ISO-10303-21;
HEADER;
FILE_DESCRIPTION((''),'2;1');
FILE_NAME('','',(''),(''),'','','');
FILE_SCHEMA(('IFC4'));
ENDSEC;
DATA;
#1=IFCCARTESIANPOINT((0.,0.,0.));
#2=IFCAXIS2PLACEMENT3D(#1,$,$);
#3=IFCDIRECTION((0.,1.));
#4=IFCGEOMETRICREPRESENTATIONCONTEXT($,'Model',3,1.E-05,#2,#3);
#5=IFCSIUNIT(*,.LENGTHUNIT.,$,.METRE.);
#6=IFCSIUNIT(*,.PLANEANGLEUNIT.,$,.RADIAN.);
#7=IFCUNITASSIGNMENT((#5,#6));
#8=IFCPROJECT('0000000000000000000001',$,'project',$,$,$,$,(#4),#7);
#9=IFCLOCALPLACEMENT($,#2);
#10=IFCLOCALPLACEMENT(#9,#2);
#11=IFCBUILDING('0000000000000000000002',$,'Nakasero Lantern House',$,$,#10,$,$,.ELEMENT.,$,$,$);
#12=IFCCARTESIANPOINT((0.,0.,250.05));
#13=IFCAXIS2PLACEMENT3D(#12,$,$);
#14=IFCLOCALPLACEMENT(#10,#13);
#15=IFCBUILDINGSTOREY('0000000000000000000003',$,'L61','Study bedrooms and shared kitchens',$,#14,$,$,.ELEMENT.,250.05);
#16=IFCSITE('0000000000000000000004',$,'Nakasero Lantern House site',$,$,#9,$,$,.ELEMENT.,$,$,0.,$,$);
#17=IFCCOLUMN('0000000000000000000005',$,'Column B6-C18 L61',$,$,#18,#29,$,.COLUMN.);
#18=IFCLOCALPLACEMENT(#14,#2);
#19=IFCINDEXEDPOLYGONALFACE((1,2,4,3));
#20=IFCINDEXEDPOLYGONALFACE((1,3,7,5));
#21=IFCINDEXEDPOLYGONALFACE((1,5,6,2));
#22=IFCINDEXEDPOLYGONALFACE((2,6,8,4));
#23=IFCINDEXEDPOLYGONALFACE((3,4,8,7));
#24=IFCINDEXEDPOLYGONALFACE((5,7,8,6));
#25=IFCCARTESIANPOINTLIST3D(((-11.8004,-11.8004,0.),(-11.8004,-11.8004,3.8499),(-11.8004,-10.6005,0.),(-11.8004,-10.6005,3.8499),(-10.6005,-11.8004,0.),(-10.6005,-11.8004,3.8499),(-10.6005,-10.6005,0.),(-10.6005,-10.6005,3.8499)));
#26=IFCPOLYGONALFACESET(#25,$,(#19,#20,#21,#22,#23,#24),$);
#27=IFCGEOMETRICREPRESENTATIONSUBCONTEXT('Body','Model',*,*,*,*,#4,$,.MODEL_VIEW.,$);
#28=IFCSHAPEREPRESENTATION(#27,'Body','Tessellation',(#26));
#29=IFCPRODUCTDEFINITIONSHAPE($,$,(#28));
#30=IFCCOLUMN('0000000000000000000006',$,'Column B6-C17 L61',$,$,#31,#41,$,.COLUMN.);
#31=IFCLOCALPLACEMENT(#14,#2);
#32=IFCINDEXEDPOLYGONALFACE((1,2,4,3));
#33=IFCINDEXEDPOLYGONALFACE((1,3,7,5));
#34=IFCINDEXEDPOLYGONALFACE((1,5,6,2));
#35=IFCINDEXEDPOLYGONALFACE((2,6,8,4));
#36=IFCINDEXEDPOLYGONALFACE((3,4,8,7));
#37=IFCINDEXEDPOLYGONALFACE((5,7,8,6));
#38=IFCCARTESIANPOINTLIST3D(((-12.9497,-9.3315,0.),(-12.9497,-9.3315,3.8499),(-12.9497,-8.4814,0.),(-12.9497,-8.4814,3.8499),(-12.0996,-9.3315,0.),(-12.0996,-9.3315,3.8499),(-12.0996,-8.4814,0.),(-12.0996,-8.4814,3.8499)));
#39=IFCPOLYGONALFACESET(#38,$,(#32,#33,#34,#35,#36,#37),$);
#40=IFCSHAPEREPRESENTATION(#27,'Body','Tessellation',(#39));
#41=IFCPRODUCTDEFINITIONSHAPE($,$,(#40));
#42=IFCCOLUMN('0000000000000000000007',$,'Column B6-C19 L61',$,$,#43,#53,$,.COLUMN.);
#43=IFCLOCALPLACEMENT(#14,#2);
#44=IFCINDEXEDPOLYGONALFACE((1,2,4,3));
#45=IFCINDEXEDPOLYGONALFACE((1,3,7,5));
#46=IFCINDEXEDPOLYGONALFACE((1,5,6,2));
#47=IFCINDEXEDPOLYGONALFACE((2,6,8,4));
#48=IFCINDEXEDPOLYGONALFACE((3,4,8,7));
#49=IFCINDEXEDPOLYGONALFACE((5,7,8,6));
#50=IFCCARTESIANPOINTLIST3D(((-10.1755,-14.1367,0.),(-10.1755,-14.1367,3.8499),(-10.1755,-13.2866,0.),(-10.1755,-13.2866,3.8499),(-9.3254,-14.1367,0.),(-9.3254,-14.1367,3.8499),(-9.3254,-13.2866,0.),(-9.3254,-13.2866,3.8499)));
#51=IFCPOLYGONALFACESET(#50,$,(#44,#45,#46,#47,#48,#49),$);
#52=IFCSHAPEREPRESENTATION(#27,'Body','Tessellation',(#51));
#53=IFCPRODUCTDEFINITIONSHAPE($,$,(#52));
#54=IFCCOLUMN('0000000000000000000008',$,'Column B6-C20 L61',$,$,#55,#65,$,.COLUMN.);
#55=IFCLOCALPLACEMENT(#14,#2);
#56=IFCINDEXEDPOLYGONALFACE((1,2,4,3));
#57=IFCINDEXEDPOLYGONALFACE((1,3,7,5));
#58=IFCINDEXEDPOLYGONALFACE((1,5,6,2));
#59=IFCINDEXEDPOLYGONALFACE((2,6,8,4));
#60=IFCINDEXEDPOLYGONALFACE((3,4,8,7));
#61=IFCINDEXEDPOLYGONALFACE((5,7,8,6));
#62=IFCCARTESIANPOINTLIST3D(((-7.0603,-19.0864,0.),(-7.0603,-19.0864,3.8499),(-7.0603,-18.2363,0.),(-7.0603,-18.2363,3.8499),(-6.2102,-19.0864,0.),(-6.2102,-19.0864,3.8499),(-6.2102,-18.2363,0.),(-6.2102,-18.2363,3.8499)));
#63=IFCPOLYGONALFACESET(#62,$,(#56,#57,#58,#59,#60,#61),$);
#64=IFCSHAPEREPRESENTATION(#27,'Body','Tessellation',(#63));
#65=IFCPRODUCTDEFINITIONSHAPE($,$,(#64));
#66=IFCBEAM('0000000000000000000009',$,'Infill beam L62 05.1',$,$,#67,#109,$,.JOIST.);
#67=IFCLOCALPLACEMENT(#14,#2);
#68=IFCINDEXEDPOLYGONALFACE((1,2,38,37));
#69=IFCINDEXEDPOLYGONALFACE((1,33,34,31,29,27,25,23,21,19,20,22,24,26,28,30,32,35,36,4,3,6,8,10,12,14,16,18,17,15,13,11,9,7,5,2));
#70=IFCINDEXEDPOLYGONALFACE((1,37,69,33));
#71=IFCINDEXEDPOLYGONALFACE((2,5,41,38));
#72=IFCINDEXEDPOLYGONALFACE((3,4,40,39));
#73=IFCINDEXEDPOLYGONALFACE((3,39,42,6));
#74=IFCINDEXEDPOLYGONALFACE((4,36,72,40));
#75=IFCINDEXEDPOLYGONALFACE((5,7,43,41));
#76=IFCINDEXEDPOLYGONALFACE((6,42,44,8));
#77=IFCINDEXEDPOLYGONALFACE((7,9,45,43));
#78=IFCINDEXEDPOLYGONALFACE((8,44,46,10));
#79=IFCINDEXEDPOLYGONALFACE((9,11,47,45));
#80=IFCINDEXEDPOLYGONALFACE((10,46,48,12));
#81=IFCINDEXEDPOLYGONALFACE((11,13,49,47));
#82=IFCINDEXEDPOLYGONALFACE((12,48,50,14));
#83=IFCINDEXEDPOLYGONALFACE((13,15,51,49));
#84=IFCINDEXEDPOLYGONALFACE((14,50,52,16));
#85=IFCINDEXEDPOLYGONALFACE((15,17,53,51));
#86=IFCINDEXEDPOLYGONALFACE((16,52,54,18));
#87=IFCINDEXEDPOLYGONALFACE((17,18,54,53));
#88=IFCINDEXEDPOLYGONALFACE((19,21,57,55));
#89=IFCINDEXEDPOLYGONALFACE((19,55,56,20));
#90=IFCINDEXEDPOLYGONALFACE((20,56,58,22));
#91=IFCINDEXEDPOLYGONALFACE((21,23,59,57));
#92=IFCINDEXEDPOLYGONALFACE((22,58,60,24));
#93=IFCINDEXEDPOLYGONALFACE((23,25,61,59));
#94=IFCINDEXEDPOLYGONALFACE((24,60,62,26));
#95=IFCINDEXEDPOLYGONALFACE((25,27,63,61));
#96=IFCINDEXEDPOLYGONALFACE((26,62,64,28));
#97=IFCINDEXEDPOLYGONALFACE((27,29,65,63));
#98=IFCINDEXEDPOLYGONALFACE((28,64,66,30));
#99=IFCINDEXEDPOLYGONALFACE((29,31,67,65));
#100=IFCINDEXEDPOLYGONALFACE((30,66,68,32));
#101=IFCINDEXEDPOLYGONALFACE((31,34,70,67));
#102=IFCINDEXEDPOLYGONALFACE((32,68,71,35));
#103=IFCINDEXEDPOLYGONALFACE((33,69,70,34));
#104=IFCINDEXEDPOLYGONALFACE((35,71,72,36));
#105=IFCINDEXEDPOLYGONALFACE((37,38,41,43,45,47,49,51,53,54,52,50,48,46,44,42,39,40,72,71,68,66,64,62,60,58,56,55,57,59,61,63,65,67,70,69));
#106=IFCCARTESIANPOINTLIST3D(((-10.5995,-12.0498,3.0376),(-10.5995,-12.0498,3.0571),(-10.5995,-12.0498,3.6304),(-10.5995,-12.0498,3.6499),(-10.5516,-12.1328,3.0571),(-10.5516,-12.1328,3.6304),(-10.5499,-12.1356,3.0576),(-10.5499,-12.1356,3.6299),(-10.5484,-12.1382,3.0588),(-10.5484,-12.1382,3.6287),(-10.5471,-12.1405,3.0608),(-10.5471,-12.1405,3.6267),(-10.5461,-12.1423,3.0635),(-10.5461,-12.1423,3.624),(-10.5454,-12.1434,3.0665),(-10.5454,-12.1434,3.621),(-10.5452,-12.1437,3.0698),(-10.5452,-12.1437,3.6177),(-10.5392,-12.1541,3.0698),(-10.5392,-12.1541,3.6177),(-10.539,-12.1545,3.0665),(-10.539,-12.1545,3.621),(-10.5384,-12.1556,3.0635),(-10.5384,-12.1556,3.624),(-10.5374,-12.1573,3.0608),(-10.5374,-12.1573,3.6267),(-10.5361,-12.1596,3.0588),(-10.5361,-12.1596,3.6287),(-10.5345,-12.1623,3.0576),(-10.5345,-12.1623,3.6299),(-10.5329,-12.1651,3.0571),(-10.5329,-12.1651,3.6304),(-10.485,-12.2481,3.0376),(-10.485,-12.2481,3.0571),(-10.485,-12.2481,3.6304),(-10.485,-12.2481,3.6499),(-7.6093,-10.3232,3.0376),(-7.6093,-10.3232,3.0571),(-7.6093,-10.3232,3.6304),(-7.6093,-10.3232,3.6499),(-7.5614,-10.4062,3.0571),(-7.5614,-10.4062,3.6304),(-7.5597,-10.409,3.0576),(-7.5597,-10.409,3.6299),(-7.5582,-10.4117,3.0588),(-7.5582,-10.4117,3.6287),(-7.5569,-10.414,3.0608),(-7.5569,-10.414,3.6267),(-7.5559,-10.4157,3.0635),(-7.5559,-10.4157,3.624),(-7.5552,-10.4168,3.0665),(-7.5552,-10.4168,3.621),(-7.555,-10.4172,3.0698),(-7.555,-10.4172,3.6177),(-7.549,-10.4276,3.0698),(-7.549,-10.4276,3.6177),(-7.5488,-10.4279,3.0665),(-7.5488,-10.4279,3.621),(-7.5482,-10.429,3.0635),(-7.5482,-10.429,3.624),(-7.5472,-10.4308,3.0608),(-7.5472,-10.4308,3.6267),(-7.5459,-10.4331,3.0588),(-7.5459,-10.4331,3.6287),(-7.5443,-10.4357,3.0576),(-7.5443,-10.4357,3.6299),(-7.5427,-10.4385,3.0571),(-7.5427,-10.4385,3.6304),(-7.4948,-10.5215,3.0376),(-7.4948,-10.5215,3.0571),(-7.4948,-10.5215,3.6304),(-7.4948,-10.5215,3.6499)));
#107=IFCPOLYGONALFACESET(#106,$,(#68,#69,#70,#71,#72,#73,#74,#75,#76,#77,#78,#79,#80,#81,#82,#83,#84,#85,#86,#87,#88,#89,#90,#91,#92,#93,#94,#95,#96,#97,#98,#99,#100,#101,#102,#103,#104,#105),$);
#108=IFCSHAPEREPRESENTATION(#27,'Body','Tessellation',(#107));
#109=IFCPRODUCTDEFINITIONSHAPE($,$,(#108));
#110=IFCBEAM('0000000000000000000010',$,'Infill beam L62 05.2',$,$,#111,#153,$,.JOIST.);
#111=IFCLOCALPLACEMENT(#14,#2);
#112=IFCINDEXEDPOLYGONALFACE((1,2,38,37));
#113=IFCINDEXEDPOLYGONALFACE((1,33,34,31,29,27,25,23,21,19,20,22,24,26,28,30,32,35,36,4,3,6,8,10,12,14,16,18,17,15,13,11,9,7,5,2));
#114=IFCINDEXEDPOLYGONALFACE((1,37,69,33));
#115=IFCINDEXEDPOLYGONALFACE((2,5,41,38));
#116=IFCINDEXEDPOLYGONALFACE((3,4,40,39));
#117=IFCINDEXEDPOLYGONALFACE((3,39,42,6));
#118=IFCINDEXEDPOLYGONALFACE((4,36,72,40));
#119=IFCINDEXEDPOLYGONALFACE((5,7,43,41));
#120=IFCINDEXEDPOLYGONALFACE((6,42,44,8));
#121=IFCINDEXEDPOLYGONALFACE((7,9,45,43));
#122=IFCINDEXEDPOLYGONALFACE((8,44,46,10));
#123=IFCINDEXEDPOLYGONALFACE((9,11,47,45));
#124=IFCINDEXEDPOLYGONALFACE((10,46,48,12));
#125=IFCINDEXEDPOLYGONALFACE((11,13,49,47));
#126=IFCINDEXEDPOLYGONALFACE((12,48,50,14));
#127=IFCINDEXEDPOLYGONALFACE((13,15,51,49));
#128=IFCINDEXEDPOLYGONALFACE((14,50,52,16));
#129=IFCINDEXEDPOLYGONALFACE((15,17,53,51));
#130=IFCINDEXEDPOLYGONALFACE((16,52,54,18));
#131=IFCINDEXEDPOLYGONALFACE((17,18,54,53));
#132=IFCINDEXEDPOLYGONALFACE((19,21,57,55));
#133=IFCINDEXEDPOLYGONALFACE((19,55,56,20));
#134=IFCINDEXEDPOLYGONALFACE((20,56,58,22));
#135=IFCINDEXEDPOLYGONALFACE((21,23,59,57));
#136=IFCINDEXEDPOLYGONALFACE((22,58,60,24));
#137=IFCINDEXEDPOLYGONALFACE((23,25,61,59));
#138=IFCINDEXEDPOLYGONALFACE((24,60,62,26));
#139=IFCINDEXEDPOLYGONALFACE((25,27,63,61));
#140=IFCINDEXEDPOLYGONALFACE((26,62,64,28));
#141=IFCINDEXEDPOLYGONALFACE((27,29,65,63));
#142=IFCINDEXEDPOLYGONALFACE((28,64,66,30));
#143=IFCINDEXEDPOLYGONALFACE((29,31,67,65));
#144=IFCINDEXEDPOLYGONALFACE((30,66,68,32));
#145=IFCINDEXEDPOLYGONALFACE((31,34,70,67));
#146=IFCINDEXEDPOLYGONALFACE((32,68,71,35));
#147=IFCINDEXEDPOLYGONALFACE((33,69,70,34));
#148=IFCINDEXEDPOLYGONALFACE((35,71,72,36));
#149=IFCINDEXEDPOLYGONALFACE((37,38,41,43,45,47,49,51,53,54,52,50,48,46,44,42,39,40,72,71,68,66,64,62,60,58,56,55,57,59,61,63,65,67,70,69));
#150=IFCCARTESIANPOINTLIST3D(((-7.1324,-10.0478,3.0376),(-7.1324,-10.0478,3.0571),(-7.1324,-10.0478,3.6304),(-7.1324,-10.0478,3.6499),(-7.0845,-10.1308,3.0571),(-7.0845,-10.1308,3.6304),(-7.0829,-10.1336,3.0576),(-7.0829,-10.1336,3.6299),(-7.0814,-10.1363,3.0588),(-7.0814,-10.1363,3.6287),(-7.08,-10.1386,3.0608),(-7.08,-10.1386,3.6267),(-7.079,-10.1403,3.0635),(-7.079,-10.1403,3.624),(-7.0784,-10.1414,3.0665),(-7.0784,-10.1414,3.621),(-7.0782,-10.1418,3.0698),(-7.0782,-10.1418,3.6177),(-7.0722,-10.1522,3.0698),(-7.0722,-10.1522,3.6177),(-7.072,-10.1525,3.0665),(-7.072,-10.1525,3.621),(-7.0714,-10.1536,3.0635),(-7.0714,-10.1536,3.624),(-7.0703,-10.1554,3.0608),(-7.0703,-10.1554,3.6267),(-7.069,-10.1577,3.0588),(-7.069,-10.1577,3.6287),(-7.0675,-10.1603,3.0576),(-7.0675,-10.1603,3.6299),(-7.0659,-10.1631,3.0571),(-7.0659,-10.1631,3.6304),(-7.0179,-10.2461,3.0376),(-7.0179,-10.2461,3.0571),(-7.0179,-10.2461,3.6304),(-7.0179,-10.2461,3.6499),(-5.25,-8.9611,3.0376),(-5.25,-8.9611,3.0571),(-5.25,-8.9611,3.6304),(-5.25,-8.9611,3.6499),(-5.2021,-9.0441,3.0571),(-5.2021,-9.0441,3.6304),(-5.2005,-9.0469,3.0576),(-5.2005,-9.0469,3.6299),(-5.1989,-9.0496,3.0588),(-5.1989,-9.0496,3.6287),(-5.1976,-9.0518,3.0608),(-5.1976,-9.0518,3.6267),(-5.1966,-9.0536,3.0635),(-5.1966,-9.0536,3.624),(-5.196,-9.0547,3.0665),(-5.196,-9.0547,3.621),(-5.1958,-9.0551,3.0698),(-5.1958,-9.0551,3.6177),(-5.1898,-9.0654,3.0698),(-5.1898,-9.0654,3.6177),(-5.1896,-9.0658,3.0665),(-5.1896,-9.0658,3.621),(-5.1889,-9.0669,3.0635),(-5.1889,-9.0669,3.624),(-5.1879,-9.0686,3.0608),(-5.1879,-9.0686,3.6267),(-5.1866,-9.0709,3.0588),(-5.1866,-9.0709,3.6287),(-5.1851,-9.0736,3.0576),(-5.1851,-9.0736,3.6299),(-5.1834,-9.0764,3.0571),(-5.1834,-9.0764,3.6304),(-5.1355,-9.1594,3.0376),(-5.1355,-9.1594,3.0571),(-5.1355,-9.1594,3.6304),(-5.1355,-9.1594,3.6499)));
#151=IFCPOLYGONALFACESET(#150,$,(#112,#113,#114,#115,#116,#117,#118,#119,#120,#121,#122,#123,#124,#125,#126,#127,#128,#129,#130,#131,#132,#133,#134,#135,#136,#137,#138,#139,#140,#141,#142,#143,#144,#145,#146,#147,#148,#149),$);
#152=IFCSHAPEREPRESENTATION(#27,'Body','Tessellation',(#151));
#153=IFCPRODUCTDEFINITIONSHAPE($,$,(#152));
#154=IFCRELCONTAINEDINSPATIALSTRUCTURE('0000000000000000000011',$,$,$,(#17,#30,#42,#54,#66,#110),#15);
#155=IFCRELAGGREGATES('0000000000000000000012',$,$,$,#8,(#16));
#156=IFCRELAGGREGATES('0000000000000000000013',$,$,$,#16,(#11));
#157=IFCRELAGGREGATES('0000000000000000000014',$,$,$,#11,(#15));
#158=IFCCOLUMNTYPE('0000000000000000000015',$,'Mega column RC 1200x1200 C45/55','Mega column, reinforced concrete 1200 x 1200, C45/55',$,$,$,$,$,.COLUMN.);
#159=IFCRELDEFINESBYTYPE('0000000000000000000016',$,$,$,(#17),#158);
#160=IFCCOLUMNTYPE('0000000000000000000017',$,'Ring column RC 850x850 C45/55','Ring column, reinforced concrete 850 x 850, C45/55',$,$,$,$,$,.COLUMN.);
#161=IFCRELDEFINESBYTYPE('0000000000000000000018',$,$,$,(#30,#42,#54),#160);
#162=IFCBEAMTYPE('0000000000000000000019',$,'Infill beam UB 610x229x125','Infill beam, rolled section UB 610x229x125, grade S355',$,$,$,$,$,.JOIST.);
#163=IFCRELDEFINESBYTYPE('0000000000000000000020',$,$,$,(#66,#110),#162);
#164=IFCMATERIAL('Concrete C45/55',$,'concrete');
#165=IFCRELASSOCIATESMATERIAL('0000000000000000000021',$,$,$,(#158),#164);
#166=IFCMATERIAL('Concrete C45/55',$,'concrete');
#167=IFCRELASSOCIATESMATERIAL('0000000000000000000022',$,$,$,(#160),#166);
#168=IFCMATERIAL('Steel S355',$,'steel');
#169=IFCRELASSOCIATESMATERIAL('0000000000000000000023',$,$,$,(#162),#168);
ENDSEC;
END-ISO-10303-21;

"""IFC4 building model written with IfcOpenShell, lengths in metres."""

from ifc_helpers import new_model, si_unit, direction, frame, origin, origin_2d, place, context, subcontext, project, spatial, rectangle, i_section, extrude, material, material_profile, profile_set, type_object, element, save


model = new_model("IFC4")

# Units and contexts
model_context = context("Model", 3, precision=1e-05, world=origin(), true_north=direction((0.0, 1.0)))
body_context = subcontext(model_context, "Body", "Model", "MODEL_VIEW")
ifc_project = project(units=[si_unit("LENGTHUNIT", "METRE"), si_unit("PLANEANGLEUNIT", "RADIAN")], contexts=[model_context])

# Site, building, storey
site_placement = place(None, origin())
site = spatial("IfcSite", under=ifc_project, at=site_placement, Name="Nakasero Lantern House site", CompositionType="ELEMENT", RefElevation=0.0)
building_placement = place(site_placement, origin())
building = spatial("IfcBuilding", under=site, at=building_placement, Name="Nakasero Lantern House", CompositionType="ELEMENT")
storey_placement = place(building_placement, frame((0.0, 0.0, 250.05)))
storey = spatial("IfcBuildingStorey", under=building, at=storey_placement, Name="L61", Description="Study bedrooms and shared kitchens", CompositionType="ELEMENT", Elevation=250.05)

# Columns
ifc_material_1 = material(Name="Concrete C45/55", Category="concrete")
ifc_material_profile_1 = material_profile(ifc_material_1, rectangle(XDim=1.2, YDim=1.2, at=origin_2d()), Name="RC 1200x1200")
ifc_profile_set_1 = profile_set([ifc_material_profile_1], Name="Concrete C45/55")
column_type_1 = type_object("IfcColumnType", Name="Mega column RC 1200x1200 C45/55", Description="Mega column, reinforced concrete 1200 x 1200, C45/55", PredefinedType="COLUMN", material=ifc_profile_set_1)
column_placement = place(storey_placement, frame((-11.2004, -11.2004, 0.0), z_axis=(0.0, 0.0, 1.0), x_axis=(1.0, 0.0, 0.0)))
element("IfcColumn", 1, at=column_placement, inside=storey, type_object=column_type_1, Name="Column B6-C18 L61", PredefinedType="COLUMN", context=body_context, shape_type="SweptSolid", body=[
    extrude(rectangle(XDim=1.2, YDim=1.2, at=origin_2d()), origin(), (0.0, 0.0, 1.0), 3.8499),
])
ifc_material_2 = material(Name="Concrete C45/55", Category="concrete")
ifc_material_profile_2 = material_profile(ifc_material_2, rectangle(XDim=0.8501, YDim=0.8501, at=origin_2d()), Name="RC 850x850")
ifc_profile_set_2 = profile_set([ifc_material_profile_2], Name="Concrete C45/55")
column_type_2 = type_object("IfcColumnType", Name="Ring column RC 850x850 C45/55", Description="Ring column, reinforced concrete 850 x 850, C45/55", PredefinedType="COLUMN", material=ifc_profile_set_2)
for number, where, z_axis, x_axis, name in (
    (2, (-12.5247, -8.9065, 0.0), (0.0, 0.0, 1.0), (1.0, 0.0, 0.0), "Column B6-C17 L61"),
    (3, (-9.7505, -13.7117, 0.0), (0.0, 0.0, 1.0), (1.0, 0.0, 0.0), "Column B6-C19 L61"),
    (4, (-6.6353, -18.6614, 0.0), (0.0, 0.0, 1.0), (1.0, 0.0, 0.0), "Column B6-C20 L61"),
):
    element("IfcColumn", number, at=place(storey_placement, frame(where, z_axis=z_axis, x_axis=x_axis)), inside=storey, type_object=column_type_2, Name=name, PredefinedType="COLUMN", context=body_context, shape_type="SweptSolid", body=[
        extrude(rectangle(XDim=0.8501, YDim=0.8501, at=origin_2d()), origin(), (0.0, 0.0, 1.0), 3.8499),
    ])

# Beams
ifc_material_3 = material(Name="Steel S355", Category="steel")
ifc_material_profile_3 = material_profile(ifc_material_3, i_section(OverallWidth=0.229, OverallDepth=0.6123, WebThickness=0.012, FlangeThickness=0.0195, FilletRadius=0.0127, at=origin_2d()), Name="UB 610x229x125")
ifc_profile_set_3 = profile_set([ifc_material_profile_3], Name="Steel S355")
beam_type_1 = type_object("IfcBeamType", Name="Infill beam UB 610x229x125", Description="Infill beam, rolled section UB 610x229x125, grade S355", PredefinedType="JOIST", material=ifc_profile_set_3)
beam_1_placement = place(storey_placement, frame((-10.5422, -12.1489, 3.3438), z_axis=(0.866007, 0.500033, 0.0), x_axis=(-0.500033, 0.866007, 0.0)))
element("IfcBeam", 5, at=beam_1_placement, inside=storey, type_object=beam_type_1, Name="Infill beam L62 05.1", PredefinedType="JOIST", context=body_context, shape_type="SweptSolid", body=[
    extrude(i_section(OverallWidth=0.229, OverallDepth=0.6123, WebThickness=0.012, FlangeThickness=0.0195, FilletRadius=0.0127, at=origin_2d()), origin(), (0.0, 0.0, 1.0), 3.4529),
])
beam_2_placement = place(storey_placement, frame((-7.0752, -10.147, 3.3438), z_axis=(0.866043, 0.499969, 0.0), x_axis=(-0.499969, 0.866043, 0.0)))
element("IfcBeam", 6, at=beam_2_placement, inside=storey, type_object=beam_type_1, Name="Infill beam L62 05.2", PredefinedType="JOIST", context=body_context, shape_type="SweptSolid", body=[
    extrude(i_section(OverallWidth=0.229, OverallDepth=0.6123, WebThickness=0.012, FlangeThickness=0.0195, FilletRadius=0.0127, at=origin_2d()), origin(), (0.0, 0.0, 1.0), 2.1736),
])

save(model, "model.ifc")
